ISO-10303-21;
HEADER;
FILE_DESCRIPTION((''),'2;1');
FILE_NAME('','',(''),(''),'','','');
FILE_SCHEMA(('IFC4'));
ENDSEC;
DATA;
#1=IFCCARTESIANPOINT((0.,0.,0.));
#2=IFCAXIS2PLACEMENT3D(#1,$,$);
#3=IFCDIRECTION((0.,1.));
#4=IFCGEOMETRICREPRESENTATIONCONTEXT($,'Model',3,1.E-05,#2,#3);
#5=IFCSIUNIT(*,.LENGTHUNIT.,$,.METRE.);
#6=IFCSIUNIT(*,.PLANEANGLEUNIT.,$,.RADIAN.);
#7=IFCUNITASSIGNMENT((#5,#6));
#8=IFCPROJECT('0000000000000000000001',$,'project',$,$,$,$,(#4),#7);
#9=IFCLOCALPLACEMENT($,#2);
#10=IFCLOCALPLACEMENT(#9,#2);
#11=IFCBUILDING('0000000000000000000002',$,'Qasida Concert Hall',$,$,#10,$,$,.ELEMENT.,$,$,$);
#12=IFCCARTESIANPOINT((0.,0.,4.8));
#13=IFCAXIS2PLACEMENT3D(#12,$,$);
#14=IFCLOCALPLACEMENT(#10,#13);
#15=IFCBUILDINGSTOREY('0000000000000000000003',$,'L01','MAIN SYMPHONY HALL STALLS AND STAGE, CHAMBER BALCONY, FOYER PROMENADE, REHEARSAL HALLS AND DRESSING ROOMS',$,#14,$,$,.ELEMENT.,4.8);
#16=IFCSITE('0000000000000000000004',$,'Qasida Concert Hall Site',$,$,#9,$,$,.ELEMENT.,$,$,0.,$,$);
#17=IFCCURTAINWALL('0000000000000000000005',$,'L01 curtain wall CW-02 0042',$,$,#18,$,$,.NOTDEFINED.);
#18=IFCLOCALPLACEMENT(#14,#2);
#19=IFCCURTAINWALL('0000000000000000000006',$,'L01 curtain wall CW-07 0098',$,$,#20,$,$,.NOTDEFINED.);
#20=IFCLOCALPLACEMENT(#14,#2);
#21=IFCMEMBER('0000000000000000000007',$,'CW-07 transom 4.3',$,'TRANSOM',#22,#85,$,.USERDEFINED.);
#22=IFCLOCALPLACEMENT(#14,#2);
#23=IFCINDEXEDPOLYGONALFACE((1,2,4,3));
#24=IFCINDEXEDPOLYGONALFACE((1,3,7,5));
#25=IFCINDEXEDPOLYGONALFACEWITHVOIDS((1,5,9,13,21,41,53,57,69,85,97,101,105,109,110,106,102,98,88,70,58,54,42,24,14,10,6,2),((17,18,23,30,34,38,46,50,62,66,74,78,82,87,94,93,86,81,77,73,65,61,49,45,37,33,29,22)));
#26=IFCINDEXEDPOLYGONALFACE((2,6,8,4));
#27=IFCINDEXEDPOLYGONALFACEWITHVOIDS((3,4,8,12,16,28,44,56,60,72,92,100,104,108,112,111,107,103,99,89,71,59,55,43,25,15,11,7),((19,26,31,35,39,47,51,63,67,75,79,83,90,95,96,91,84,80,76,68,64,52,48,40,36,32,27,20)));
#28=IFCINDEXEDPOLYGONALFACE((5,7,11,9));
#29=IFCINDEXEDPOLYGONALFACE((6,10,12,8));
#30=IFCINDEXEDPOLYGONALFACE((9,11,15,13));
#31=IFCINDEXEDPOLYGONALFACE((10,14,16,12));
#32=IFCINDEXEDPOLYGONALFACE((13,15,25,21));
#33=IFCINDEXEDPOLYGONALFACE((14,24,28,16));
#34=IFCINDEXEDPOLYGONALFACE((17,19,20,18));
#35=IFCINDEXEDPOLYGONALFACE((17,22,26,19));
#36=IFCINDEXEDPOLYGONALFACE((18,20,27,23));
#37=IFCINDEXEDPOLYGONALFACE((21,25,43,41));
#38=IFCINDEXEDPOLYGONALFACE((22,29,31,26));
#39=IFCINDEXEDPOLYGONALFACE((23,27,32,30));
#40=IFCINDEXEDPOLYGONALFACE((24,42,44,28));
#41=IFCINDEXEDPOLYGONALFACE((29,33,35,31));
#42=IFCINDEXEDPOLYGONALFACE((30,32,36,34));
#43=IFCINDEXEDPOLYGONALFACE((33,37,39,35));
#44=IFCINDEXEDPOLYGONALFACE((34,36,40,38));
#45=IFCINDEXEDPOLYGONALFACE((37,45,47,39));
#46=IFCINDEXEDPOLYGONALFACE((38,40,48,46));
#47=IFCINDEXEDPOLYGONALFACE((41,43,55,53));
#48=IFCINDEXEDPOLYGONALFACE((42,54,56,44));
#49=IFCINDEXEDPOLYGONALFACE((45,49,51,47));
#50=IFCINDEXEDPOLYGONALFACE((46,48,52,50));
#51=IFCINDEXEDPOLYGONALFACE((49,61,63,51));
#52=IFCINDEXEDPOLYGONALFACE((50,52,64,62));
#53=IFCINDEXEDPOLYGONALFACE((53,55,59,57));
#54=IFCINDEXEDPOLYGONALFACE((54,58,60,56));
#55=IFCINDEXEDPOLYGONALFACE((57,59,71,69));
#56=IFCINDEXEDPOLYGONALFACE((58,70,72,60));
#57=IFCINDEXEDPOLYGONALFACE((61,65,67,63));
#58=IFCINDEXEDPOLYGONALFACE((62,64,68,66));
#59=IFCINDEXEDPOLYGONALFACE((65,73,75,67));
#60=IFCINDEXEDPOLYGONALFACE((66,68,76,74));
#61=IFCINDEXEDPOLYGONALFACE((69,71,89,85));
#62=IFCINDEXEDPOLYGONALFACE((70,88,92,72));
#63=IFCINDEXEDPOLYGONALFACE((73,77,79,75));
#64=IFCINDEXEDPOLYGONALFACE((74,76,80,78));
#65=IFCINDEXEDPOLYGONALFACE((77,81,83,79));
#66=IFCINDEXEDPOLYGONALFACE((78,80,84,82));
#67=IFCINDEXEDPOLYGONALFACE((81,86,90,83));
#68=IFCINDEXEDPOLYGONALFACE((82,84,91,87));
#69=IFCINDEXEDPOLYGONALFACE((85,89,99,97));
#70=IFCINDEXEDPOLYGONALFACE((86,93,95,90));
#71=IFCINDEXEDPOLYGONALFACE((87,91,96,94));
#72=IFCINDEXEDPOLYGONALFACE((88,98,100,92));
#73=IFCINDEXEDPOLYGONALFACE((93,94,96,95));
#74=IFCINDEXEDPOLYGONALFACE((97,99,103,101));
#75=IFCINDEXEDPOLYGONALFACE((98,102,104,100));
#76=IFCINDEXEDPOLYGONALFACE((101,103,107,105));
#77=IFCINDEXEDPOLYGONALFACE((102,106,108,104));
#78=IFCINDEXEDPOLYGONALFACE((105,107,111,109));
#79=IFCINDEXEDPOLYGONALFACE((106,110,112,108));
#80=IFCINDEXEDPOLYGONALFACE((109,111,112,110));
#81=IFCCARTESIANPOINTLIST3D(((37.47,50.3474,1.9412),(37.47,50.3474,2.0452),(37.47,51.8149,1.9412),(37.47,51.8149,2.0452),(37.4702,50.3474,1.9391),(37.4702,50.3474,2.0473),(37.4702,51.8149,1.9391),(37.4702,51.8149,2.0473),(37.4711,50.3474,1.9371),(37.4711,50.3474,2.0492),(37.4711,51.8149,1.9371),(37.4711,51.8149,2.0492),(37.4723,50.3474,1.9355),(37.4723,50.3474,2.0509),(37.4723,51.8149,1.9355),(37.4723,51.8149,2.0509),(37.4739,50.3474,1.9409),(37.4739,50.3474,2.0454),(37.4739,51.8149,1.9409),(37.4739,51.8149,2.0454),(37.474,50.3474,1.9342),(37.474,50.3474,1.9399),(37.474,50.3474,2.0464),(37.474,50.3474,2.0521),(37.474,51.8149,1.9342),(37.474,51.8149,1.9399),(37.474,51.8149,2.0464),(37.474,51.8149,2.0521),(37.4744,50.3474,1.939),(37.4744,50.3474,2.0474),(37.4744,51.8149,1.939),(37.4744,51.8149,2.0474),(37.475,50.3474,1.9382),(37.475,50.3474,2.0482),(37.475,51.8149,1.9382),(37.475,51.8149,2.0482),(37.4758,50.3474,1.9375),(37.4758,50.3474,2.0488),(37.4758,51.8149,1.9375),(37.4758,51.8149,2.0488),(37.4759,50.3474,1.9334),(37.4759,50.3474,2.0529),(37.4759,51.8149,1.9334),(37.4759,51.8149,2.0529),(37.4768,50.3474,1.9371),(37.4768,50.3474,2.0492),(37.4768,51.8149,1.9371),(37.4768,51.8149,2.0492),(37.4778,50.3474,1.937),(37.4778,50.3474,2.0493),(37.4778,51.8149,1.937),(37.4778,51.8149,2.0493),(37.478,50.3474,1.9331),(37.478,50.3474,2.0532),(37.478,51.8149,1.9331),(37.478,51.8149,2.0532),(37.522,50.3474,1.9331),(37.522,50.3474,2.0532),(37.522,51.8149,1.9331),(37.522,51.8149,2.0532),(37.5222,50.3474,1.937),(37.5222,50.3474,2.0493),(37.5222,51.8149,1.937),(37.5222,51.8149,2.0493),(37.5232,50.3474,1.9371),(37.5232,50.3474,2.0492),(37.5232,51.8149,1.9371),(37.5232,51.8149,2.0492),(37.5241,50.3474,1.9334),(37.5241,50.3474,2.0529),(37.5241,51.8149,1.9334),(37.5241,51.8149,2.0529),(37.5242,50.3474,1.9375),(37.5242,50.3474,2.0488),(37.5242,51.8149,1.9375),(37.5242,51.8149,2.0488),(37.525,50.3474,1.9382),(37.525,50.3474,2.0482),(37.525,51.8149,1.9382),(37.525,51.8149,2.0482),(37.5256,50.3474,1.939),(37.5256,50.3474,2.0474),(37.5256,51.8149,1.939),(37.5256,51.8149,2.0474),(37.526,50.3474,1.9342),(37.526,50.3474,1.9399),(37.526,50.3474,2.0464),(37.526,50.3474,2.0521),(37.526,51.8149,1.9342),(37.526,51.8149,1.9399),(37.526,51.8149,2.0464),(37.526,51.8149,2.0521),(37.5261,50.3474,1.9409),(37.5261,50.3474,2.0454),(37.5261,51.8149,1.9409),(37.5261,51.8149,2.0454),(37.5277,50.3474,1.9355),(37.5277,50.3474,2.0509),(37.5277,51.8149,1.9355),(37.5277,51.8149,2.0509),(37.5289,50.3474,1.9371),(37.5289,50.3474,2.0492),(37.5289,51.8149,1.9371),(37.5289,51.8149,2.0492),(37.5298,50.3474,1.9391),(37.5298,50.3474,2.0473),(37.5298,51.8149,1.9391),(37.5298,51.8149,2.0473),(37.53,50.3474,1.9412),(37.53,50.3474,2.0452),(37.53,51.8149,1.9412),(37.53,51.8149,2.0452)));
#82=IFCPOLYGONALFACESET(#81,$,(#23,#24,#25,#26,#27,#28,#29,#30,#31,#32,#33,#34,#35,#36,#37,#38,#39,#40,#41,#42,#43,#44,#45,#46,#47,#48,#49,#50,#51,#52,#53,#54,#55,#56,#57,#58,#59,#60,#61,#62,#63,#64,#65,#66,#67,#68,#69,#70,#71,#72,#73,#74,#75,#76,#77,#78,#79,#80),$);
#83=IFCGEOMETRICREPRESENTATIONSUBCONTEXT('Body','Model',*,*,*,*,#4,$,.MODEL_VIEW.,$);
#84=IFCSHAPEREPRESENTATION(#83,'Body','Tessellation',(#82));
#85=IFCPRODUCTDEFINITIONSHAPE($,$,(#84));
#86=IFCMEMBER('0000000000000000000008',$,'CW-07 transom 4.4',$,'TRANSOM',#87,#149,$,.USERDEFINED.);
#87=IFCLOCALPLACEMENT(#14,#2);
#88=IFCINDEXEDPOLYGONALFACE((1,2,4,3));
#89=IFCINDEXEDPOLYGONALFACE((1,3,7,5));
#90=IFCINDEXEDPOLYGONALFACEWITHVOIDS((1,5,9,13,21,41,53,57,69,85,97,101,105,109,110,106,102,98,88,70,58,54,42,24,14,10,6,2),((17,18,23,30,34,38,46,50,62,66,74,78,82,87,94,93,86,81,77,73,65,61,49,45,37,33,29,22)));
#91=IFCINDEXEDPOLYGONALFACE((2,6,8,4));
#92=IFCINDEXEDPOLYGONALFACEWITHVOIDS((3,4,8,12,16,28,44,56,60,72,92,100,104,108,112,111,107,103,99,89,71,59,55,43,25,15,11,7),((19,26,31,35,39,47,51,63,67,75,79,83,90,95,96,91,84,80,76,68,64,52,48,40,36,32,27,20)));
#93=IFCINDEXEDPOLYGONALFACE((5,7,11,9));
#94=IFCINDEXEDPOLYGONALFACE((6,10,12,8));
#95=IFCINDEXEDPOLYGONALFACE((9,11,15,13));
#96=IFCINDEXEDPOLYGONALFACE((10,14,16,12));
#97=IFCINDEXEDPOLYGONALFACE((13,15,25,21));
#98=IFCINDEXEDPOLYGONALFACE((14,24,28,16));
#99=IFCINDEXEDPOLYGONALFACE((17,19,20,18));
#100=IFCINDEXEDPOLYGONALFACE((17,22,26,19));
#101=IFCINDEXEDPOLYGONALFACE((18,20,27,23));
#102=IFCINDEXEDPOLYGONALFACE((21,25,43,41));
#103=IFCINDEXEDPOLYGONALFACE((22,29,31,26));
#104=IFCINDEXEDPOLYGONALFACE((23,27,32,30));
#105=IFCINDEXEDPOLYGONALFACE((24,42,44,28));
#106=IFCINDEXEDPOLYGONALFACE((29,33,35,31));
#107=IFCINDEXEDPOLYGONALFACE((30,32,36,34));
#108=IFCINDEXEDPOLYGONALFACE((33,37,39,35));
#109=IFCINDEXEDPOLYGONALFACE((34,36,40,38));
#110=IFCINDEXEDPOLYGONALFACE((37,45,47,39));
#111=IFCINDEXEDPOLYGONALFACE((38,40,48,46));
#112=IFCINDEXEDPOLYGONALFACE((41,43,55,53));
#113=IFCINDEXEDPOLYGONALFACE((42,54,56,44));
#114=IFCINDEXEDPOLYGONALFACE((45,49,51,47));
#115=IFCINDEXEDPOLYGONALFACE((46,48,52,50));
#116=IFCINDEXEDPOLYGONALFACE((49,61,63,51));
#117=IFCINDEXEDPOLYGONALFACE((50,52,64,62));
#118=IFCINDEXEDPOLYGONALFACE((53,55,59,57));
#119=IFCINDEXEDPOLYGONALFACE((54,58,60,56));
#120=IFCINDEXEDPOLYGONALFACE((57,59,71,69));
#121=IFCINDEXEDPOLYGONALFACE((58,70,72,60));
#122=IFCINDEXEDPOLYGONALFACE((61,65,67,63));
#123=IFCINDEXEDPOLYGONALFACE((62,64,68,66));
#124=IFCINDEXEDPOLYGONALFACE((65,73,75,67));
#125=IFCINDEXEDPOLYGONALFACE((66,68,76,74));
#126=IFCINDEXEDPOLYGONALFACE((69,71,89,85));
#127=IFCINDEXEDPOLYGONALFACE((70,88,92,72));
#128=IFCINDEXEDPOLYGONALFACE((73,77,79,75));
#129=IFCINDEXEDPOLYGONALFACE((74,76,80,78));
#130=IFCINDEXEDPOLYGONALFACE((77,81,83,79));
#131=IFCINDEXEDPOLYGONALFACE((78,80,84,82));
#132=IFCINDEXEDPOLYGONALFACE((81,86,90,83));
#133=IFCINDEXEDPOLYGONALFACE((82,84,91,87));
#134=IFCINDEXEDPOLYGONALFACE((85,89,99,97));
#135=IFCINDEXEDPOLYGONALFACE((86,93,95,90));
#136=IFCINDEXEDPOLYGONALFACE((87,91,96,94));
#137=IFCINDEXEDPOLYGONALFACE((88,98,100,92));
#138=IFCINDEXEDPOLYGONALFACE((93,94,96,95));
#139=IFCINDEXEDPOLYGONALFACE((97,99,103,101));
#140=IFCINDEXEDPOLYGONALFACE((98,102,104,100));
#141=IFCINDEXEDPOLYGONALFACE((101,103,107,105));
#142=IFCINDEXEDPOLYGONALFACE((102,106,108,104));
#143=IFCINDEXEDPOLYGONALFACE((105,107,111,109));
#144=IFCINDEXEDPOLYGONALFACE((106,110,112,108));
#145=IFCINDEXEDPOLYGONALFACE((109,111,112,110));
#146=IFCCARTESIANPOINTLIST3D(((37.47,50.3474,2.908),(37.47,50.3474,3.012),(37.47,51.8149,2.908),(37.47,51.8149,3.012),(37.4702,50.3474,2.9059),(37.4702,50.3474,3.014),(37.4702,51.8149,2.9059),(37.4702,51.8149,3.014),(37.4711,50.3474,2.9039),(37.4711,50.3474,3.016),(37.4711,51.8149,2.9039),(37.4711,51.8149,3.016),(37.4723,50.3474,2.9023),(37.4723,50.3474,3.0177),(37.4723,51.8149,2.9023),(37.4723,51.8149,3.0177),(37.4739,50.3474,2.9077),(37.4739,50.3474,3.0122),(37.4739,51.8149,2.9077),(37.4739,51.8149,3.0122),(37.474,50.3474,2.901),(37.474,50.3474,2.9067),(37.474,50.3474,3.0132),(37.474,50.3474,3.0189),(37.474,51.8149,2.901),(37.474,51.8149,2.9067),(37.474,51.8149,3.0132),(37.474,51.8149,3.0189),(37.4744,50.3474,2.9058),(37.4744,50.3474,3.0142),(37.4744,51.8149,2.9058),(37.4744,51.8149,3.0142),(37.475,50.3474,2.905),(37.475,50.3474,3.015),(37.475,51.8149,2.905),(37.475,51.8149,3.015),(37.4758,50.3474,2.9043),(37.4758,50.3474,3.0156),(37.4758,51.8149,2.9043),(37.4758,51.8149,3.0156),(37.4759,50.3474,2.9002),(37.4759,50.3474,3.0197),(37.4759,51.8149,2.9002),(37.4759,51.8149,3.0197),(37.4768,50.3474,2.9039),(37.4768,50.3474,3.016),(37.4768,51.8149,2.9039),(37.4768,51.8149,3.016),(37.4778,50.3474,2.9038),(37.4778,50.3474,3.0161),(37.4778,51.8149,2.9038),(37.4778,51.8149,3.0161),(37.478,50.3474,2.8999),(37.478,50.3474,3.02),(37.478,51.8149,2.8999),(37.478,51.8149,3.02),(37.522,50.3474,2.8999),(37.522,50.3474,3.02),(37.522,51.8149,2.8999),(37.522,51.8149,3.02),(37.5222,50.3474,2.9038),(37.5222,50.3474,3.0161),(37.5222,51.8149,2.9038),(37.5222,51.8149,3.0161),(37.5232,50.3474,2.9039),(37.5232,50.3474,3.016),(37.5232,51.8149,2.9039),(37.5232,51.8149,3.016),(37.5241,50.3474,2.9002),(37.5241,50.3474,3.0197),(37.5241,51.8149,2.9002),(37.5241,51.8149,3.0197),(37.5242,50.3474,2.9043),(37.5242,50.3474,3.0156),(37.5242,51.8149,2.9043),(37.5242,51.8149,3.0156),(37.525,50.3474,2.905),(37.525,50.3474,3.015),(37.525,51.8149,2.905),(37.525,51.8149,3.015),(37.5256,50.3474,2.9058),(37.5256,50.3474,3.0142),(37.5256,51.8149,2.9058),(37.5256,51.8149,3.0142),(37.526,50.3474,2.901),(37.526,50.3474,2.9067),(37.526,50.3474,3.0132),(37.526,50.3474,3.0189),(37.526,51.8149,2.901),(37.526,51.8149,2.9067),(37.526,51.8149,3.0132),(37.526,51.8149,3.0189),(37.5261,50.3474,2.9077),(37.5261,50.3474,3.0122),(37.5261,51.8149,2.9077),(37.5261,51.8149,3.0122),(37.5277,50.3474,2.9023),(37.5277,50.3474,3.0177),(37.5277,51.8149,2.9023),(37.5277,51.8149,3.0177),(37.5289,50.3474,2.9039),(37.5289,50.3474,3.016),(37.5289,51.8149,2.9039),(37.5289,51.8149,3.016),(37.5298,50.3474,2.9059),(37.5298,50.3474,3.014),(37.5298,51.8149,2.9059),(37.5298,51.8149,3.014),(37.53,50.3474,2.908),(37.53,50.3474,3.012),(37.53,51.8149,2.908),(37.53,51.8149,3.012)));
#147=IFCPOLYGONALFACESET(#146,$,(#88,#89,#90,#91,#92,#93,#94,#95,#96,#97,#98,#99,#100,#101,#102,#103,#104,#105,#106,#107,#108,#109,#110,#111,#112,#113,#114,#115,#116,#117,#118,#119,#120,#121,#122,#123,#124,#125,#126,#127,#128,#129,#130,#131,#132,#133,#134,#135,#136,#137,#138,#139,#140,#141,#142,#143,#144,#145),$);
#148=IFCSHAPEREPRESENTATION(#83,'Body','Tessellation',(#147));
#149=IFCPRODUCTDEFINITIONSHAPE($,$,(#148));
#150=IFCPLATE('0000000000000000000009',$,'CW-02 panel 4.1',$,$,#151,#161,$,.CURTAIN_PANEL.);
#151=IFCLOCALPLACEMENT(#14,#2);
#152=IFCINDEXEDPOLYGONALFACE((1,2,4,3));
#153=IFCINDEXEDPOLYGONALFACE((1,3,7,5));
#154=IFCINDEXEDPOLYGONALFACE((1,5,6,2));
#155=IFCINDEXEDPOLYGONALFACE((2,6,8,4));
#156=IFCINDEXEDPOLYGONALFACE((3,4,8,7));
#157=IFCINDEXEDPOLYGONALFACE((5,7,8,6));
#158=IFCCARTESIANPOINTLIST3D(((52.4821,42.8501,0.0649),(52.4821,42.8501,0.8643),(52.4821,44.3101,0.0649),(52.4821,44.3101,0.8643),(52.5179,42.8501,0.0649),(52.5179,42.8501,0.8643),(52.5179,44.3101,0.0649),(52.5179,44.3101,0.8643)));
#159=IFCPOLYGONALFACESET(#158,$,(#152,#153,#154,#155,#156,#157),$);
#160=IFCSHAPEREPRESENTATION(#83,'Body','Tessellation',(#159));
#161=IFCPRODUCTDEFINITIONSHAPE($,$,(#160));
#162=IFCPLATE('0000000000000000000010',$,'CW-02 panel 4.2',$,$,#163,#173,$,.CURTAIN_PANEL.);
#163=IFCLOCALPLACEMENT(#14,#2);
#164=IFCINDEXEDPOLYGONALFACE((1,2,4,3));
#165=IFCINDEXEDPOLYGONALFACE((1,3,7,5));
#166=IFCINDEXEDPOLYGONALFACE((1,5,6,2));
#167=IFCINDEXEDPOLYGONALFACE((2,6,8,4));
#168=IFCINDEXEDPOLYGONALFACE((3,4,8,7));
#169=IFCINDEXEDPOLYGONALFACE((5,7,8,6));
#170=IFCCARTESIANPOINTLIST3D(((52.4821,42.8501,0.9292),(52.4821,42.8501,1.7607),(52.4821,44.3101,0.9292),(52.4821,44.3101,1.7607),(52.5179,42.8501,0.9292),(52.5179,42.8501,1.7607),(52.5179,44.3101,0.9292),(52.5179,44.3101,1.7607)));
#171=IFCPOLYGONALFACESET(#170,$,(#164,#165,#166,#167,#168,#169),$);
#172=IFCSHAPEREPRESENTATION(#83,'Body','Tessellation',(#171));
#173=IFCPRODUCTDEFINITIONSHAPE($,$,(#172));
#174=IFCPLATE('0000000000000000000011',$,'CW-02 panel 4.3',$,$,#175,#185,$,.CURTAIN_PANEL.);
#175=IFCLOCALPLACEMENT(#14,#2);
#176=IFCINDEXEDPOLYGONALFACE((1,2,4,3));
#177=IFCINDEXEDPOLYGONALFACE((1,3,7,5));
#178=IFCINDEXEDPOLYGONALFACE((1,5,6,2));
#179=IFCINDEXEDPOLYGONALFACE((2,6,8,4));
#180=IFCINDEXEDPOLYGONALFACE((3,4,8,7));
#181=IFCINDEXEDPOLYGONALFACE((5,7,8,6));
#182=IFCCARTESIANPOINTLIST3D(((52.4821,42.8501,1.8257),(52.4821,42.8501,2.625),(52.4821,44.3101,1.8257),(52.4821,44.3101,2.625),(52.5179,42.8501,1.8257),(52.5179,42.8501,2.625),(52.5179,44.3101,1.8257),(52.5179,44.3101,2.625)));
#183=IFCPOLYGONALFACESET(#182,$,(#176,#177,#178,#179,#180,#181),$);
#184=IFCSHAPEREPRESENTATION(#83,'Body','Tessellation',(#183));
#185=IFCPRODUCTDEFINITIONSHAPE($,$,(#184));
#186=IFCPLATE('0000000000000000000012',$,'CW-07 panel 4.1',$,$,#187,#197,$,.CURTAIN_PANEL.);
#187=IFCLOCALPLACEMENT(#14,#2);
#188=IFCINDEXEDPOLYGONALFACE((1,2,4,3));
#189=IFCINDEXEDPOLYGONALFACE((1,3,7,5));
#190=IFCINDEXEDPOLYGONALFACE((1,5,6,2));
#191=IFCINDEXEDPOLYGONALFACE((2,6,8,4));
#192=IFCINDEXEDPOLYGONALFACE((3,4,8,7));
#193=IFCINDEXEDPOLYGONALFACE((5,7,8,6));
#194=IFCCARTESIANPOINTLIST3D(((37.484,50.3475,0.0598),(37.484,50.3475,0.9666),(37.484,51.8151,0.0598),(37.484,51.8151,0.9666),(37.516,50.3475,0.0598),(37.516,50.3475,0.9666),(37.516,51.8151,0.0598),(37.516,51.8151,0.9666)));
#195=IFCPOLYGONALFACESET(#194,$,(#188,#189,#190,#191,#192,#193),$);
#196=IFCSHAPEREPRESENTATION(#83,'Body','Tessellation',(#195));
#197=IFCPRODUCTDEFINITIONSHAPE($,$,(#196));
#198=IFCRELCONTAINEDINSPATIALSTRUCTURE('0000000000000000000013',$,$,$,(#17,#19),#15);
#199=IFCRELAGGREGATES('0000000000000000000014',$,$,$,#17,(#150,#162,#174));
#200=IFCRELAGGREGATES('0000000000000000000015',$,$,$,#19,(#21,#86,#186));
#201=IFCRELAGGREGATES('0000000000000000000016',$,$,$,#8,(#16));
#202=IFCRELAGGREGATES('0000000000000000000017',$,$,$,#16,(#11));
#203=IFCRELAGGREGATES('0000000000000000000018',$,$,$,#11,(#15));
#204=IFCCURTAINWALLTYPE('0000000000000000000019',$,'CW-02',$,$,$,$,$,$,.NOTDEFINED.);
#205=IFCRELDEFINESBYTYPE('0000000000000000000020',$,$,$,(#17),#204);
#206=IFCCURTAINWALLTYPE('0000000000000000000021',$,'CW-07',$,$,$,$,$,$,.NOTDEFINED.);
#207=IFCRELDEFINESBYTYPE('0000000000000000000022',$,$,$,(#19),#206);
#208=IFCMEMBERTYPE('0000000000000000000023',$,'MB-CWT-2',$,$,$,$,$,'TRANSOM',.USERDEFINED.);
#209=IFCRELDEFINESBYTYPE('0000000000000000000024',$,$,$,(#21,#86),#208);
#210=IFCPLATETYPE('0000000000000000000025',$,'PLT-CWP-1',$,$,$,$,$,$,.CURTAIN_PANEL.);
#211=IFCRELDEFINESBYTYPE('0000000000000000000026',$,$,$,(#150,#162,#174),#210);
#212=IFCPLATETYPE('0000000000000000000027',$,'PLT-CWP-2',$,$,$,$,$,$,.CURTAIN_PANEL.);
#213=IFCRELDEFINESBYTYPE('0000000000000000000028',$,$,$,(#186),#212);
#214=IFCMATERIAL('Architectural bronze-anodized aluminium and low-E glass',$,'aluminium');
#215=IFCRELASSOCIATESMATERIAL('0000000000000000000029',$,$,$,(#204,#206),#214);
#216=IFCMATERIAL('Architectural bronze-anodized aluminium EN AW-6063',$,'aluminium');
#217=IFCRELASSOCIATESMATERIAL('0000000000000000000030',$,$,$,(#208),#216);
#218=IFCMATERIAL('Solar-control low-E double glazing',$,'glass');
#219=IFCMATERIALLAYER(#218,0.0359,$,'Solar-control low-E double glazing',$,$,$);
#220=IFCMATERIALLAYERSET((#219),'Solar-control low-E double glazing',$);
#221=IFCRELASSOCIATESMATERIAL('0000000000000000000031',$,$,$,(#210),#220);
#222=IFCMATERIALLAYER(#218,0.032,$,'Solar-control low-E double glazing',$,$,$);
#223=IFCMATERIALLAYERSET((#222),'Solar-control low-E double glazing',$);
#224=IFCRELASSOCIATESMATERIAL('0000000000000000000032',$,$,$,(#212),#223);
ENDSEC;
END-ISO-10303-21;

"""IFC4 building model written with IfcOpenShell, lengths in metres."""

from ifc_helpers import new_model, si_unit, direction, frame, origin, origin_2d, place, context, subcontext, project, spatial, rectangle, hollow_rectangle, extrude, material, layer, layer_set, material_profile, profile_set, type_object, element, aggregate, save


model = new_model("IFC4")

# Units and contexts
model_context = context("Model", 3, precision=1e-05, world=origin(), true_north=direction((0.0, 1.0)))
body_context = subcontext(model_context, "Body", "Model", "MODEL_VIEW")
ifc_project = project(units=[si_unit("LENGTHUNIT", "METRE"), si_unit("PLANEANGLEUNIT", "RADIAN")], contexts=[model_context])

# Site, building, storey
site_placement = place(None, origin())
site = spatial("IfcSite", under=ifc_project, at=site_placement, Name="Qasida Concert Hall Site", CompositionType="ELEMENT", RefElevation=0.0)
building_placement = place(site_placement, origin())
building = spatial("IfcBuilding", under=site, at=building_placement, Name="Qasida Concert Hall", CompositionType="ELEMENT")
storey_placement = place(building_placement, frame((0.0, 0.0, 4.8)))
storey = spatial("IfcBuildingStorey", under=building, at=storey_placement, Name="L01", Description="MAIN SYMPHONY HALL STALLS AND STAGE, CHAMBER BALCONY, FOYER PROMENADE, REHEARSAL HALLS AND DRESSING ROOMS", CompositionType="ELEMENT", Elevation=4.8)

# Curtain wall
ifc_material_1 = material(Name="Architectural bronze-anodized aluminium and low-E glass", Category="aluminium")
curtain_wall_type_1 = type_object("IfcCurtainWallType", Name="CW-02", PredefinedType="NOTDEFINED", material=ifc_material_1)
curtain_wall_1_placement = place(storey_placement, origin())
curtain_wall_1 = element("IfcCurtainWall", 1, at=curtain_wall_1_placement, inside=storey, type_object=curtain_wall_type_1, Name="L01 curtain wall CW-02 0042", PredefinedType="NOTDEFINED")
ifc_material_2 = material(Name="Architectural bronze-anodized aluminium EN AW-6063", Category="aluminium")

# Curtain wall
curtain_wall_type_2 = type_object("IfcCurtainWallType", Name="CW-07", PredefinedType="NOTDEFINED", material=ifc_material_1)
curtain_wall_2_placement = place(storey_placement, origin())
curtain_wall_2 = element("IfcCurtainWall", 2, at=curtain_wall_2_placement, inside=storey, type_object=curtain_wall_type_2, Name="L01 curtain wall CW-07 0098", PredefinedType="NOTDEFINED")

# Members
ifc_material_profile_1 = material_profile(ifc_material_2, hollow_rectangle(XDim=0.0601, YDim=0.1201, WallThickness=0.0039, InnerFilletRadius=0.0039, OuterFilletRadius=0.0081, at=origin_2d()), Name="CWT 120x60x4")
ifc_profile_set_1 = profile_set([ifc_material_profile_1], Name="Architectural bronze-anodized aluminium EN AW-6063")
member_type_1 = type_object("IfcMemberType", Name="MB-CWT-2", ElementType="TRANSOM", PredefinedType="USERDEFINED", material=ifc_profile_set_1)
member_1_placement = place(storey_placement, frame((37.5, 50.3474, 1.9932), z_axis=(0.0, 1.0, 0.0), x_axis=(-1.0, 0.0, 0.0)))
member_1 = element("IfcMember", 3, at=member_1_placement, type_object=member_type_1, Name="CW-07 transom 4.3", ObjectType="TRANSOM", PredefinedType="USERDEFINED", context=body_context, shape_type="SweptSolid", body=[
    extrude(hollow_rectangle(XDim=0.0601, YDim=0.1201, WallThickness=0.0039, InnerFilletRadius=0.0039, OuterFilletRadius=0.0081, at=origin_2d()), origin(), (0.0, 0.0, 1.0), 1.4675),
])
member_2_placement = place(storey_placement, frame((37.5, 50.3474, 2.96), z_axis=(0.0, 1.0, 0.0), x_axis=(-1.0, 0.0, 0.0)))
member_2 = element("IfcMember", 4, at=member_2_placement, type_object=member_type_1, Name="CW-07 transom 4.4", ObjectType="TRANSOM", PredefinedType="USERDEFINED", context=body_context, shape_type="SweptSolid", body=[
    extrude(hollow_rectangle(XDim=0.0601, YDim=0.1201, WallThickness=0.0039, InnerFilletRadius=0.0039, OuterFilletRadius=0.0081, at=origin_2d()), origin(), (0.0, 0.0, 1.0), 1.4675),
])

# Plates
ifc_material_3 = material(Name="Solar-control low-E double glazing", Category="glass")
ifc_layer_1 = layer(ifc_material_3, 0.0359, Name="Solar-control low-E double glazing")
ifc_layer_set_1 = layer_set([ifc_layer_1], Name="Solar-control low-E double glazing")
plate_type_1 = type_object("IfcPlateType", Name="PLT-CWP-1", PredefinedType="CURTAIN_PANEL", material=ifc_layer_set_1)
plate_1_placement = place(storey_placement, frame((52.5, 43.5801, 0.0649), z_axis=(0.0, 0.0, 1.0), x_axis=(0.0, 1.0, 0.0)))
plate_1 = element("IfcPlate", 5, at=plate_1_placement, type_object=plate_type_1, Name="CW-02 panel 4.1", PredefinedType="CURTAIN_PANEL", context=body_context, shape_type="SweptSolid", body=[
    extrude(rectangle(XDim=1.46, YDim=0.0359, at=origin_2d()), origin(), (0.0, 0.0, 1.0), 0.7993),
])
plate_2_placement = place(storey_placement, frame((52.5, 43.5801, 0.9292), z_axis=(0.0, 0.0, 1.0), x_axis=(0.0, 1.0, 0.0)))
plate_2 = element("IfcPlate", 6, at=plate_2_placement, type_object=plate_type_1, Name="CW-02 panel 4.2", PredefinedType="CURTAIN_PANEL", context=body_context, shape_type="SweptSolid", body=[
    extrude(rectangle(XDim=1.46, YDim=0.0359, at=origin_2d()), origin(), (0.0, 0.0, 1.0), 0.8315),
])
plate_3_placement = place(storey_placement, frame((52.5, 43.5801, 1.8257), z_axis=(0.0, 0.0, 1.0), x_axis=(0.0, 1.0, 0.0)))
plate_3 = element("IfcPlate", 7, at=plate_3_placement, type_object=plate_type_1, Name="CW-02 panel 4.3", PredefinedType="CURTAIN_PANEL", context=body_context, shape_type="SweptSolid", body=[
    extrude(rectangle(XDim=1.46, YDim=0.0359, at=origin_2d()), origin(), (0.0, 0.0, 1.0), 0.7993),
])
aggregate(curtain_wall_1, [plate_1, plate_2, plate_3])
ifc_layer_2 = layer(ifc_material_3, 0.032, Name="Solar-control low-E double glazing")
ifc_layer_set_2 = layer_set([ifc_layer_2], Name="Solar-control low-E double glazing")
plate_type_2 = type_object("IfcPlateType", Name="PLT-CWP-2", PredefinedType="CURTAIN_PANEL", material=ifc_layer_set_2)
plate_4_placement = place(storey_placement, frame((37.5, 51.0813, 0.0598), z_axis=(0.0, 0.0, 1.0), x_axis=(0.0, 1.0, 0.0)))
plate_4 = element("IfcPlate", 8, at=plate_4_placement, type_object=plate_type_2, Name="CW-07 panel 4.1", PredefinedType="CURTAIN_PANEL", context=body_context, shape_type="SweptSolid", body=[
    extrude(rectangle(XDim=1.4675, YDim=0.032, at=origin_2d()), origin(), (0.0, 0.0, 1.0), 0.9067),
])
aggregate(curtain_wall_2, [member_1, member_2, plate_4])

save(model, "model.ifc")
